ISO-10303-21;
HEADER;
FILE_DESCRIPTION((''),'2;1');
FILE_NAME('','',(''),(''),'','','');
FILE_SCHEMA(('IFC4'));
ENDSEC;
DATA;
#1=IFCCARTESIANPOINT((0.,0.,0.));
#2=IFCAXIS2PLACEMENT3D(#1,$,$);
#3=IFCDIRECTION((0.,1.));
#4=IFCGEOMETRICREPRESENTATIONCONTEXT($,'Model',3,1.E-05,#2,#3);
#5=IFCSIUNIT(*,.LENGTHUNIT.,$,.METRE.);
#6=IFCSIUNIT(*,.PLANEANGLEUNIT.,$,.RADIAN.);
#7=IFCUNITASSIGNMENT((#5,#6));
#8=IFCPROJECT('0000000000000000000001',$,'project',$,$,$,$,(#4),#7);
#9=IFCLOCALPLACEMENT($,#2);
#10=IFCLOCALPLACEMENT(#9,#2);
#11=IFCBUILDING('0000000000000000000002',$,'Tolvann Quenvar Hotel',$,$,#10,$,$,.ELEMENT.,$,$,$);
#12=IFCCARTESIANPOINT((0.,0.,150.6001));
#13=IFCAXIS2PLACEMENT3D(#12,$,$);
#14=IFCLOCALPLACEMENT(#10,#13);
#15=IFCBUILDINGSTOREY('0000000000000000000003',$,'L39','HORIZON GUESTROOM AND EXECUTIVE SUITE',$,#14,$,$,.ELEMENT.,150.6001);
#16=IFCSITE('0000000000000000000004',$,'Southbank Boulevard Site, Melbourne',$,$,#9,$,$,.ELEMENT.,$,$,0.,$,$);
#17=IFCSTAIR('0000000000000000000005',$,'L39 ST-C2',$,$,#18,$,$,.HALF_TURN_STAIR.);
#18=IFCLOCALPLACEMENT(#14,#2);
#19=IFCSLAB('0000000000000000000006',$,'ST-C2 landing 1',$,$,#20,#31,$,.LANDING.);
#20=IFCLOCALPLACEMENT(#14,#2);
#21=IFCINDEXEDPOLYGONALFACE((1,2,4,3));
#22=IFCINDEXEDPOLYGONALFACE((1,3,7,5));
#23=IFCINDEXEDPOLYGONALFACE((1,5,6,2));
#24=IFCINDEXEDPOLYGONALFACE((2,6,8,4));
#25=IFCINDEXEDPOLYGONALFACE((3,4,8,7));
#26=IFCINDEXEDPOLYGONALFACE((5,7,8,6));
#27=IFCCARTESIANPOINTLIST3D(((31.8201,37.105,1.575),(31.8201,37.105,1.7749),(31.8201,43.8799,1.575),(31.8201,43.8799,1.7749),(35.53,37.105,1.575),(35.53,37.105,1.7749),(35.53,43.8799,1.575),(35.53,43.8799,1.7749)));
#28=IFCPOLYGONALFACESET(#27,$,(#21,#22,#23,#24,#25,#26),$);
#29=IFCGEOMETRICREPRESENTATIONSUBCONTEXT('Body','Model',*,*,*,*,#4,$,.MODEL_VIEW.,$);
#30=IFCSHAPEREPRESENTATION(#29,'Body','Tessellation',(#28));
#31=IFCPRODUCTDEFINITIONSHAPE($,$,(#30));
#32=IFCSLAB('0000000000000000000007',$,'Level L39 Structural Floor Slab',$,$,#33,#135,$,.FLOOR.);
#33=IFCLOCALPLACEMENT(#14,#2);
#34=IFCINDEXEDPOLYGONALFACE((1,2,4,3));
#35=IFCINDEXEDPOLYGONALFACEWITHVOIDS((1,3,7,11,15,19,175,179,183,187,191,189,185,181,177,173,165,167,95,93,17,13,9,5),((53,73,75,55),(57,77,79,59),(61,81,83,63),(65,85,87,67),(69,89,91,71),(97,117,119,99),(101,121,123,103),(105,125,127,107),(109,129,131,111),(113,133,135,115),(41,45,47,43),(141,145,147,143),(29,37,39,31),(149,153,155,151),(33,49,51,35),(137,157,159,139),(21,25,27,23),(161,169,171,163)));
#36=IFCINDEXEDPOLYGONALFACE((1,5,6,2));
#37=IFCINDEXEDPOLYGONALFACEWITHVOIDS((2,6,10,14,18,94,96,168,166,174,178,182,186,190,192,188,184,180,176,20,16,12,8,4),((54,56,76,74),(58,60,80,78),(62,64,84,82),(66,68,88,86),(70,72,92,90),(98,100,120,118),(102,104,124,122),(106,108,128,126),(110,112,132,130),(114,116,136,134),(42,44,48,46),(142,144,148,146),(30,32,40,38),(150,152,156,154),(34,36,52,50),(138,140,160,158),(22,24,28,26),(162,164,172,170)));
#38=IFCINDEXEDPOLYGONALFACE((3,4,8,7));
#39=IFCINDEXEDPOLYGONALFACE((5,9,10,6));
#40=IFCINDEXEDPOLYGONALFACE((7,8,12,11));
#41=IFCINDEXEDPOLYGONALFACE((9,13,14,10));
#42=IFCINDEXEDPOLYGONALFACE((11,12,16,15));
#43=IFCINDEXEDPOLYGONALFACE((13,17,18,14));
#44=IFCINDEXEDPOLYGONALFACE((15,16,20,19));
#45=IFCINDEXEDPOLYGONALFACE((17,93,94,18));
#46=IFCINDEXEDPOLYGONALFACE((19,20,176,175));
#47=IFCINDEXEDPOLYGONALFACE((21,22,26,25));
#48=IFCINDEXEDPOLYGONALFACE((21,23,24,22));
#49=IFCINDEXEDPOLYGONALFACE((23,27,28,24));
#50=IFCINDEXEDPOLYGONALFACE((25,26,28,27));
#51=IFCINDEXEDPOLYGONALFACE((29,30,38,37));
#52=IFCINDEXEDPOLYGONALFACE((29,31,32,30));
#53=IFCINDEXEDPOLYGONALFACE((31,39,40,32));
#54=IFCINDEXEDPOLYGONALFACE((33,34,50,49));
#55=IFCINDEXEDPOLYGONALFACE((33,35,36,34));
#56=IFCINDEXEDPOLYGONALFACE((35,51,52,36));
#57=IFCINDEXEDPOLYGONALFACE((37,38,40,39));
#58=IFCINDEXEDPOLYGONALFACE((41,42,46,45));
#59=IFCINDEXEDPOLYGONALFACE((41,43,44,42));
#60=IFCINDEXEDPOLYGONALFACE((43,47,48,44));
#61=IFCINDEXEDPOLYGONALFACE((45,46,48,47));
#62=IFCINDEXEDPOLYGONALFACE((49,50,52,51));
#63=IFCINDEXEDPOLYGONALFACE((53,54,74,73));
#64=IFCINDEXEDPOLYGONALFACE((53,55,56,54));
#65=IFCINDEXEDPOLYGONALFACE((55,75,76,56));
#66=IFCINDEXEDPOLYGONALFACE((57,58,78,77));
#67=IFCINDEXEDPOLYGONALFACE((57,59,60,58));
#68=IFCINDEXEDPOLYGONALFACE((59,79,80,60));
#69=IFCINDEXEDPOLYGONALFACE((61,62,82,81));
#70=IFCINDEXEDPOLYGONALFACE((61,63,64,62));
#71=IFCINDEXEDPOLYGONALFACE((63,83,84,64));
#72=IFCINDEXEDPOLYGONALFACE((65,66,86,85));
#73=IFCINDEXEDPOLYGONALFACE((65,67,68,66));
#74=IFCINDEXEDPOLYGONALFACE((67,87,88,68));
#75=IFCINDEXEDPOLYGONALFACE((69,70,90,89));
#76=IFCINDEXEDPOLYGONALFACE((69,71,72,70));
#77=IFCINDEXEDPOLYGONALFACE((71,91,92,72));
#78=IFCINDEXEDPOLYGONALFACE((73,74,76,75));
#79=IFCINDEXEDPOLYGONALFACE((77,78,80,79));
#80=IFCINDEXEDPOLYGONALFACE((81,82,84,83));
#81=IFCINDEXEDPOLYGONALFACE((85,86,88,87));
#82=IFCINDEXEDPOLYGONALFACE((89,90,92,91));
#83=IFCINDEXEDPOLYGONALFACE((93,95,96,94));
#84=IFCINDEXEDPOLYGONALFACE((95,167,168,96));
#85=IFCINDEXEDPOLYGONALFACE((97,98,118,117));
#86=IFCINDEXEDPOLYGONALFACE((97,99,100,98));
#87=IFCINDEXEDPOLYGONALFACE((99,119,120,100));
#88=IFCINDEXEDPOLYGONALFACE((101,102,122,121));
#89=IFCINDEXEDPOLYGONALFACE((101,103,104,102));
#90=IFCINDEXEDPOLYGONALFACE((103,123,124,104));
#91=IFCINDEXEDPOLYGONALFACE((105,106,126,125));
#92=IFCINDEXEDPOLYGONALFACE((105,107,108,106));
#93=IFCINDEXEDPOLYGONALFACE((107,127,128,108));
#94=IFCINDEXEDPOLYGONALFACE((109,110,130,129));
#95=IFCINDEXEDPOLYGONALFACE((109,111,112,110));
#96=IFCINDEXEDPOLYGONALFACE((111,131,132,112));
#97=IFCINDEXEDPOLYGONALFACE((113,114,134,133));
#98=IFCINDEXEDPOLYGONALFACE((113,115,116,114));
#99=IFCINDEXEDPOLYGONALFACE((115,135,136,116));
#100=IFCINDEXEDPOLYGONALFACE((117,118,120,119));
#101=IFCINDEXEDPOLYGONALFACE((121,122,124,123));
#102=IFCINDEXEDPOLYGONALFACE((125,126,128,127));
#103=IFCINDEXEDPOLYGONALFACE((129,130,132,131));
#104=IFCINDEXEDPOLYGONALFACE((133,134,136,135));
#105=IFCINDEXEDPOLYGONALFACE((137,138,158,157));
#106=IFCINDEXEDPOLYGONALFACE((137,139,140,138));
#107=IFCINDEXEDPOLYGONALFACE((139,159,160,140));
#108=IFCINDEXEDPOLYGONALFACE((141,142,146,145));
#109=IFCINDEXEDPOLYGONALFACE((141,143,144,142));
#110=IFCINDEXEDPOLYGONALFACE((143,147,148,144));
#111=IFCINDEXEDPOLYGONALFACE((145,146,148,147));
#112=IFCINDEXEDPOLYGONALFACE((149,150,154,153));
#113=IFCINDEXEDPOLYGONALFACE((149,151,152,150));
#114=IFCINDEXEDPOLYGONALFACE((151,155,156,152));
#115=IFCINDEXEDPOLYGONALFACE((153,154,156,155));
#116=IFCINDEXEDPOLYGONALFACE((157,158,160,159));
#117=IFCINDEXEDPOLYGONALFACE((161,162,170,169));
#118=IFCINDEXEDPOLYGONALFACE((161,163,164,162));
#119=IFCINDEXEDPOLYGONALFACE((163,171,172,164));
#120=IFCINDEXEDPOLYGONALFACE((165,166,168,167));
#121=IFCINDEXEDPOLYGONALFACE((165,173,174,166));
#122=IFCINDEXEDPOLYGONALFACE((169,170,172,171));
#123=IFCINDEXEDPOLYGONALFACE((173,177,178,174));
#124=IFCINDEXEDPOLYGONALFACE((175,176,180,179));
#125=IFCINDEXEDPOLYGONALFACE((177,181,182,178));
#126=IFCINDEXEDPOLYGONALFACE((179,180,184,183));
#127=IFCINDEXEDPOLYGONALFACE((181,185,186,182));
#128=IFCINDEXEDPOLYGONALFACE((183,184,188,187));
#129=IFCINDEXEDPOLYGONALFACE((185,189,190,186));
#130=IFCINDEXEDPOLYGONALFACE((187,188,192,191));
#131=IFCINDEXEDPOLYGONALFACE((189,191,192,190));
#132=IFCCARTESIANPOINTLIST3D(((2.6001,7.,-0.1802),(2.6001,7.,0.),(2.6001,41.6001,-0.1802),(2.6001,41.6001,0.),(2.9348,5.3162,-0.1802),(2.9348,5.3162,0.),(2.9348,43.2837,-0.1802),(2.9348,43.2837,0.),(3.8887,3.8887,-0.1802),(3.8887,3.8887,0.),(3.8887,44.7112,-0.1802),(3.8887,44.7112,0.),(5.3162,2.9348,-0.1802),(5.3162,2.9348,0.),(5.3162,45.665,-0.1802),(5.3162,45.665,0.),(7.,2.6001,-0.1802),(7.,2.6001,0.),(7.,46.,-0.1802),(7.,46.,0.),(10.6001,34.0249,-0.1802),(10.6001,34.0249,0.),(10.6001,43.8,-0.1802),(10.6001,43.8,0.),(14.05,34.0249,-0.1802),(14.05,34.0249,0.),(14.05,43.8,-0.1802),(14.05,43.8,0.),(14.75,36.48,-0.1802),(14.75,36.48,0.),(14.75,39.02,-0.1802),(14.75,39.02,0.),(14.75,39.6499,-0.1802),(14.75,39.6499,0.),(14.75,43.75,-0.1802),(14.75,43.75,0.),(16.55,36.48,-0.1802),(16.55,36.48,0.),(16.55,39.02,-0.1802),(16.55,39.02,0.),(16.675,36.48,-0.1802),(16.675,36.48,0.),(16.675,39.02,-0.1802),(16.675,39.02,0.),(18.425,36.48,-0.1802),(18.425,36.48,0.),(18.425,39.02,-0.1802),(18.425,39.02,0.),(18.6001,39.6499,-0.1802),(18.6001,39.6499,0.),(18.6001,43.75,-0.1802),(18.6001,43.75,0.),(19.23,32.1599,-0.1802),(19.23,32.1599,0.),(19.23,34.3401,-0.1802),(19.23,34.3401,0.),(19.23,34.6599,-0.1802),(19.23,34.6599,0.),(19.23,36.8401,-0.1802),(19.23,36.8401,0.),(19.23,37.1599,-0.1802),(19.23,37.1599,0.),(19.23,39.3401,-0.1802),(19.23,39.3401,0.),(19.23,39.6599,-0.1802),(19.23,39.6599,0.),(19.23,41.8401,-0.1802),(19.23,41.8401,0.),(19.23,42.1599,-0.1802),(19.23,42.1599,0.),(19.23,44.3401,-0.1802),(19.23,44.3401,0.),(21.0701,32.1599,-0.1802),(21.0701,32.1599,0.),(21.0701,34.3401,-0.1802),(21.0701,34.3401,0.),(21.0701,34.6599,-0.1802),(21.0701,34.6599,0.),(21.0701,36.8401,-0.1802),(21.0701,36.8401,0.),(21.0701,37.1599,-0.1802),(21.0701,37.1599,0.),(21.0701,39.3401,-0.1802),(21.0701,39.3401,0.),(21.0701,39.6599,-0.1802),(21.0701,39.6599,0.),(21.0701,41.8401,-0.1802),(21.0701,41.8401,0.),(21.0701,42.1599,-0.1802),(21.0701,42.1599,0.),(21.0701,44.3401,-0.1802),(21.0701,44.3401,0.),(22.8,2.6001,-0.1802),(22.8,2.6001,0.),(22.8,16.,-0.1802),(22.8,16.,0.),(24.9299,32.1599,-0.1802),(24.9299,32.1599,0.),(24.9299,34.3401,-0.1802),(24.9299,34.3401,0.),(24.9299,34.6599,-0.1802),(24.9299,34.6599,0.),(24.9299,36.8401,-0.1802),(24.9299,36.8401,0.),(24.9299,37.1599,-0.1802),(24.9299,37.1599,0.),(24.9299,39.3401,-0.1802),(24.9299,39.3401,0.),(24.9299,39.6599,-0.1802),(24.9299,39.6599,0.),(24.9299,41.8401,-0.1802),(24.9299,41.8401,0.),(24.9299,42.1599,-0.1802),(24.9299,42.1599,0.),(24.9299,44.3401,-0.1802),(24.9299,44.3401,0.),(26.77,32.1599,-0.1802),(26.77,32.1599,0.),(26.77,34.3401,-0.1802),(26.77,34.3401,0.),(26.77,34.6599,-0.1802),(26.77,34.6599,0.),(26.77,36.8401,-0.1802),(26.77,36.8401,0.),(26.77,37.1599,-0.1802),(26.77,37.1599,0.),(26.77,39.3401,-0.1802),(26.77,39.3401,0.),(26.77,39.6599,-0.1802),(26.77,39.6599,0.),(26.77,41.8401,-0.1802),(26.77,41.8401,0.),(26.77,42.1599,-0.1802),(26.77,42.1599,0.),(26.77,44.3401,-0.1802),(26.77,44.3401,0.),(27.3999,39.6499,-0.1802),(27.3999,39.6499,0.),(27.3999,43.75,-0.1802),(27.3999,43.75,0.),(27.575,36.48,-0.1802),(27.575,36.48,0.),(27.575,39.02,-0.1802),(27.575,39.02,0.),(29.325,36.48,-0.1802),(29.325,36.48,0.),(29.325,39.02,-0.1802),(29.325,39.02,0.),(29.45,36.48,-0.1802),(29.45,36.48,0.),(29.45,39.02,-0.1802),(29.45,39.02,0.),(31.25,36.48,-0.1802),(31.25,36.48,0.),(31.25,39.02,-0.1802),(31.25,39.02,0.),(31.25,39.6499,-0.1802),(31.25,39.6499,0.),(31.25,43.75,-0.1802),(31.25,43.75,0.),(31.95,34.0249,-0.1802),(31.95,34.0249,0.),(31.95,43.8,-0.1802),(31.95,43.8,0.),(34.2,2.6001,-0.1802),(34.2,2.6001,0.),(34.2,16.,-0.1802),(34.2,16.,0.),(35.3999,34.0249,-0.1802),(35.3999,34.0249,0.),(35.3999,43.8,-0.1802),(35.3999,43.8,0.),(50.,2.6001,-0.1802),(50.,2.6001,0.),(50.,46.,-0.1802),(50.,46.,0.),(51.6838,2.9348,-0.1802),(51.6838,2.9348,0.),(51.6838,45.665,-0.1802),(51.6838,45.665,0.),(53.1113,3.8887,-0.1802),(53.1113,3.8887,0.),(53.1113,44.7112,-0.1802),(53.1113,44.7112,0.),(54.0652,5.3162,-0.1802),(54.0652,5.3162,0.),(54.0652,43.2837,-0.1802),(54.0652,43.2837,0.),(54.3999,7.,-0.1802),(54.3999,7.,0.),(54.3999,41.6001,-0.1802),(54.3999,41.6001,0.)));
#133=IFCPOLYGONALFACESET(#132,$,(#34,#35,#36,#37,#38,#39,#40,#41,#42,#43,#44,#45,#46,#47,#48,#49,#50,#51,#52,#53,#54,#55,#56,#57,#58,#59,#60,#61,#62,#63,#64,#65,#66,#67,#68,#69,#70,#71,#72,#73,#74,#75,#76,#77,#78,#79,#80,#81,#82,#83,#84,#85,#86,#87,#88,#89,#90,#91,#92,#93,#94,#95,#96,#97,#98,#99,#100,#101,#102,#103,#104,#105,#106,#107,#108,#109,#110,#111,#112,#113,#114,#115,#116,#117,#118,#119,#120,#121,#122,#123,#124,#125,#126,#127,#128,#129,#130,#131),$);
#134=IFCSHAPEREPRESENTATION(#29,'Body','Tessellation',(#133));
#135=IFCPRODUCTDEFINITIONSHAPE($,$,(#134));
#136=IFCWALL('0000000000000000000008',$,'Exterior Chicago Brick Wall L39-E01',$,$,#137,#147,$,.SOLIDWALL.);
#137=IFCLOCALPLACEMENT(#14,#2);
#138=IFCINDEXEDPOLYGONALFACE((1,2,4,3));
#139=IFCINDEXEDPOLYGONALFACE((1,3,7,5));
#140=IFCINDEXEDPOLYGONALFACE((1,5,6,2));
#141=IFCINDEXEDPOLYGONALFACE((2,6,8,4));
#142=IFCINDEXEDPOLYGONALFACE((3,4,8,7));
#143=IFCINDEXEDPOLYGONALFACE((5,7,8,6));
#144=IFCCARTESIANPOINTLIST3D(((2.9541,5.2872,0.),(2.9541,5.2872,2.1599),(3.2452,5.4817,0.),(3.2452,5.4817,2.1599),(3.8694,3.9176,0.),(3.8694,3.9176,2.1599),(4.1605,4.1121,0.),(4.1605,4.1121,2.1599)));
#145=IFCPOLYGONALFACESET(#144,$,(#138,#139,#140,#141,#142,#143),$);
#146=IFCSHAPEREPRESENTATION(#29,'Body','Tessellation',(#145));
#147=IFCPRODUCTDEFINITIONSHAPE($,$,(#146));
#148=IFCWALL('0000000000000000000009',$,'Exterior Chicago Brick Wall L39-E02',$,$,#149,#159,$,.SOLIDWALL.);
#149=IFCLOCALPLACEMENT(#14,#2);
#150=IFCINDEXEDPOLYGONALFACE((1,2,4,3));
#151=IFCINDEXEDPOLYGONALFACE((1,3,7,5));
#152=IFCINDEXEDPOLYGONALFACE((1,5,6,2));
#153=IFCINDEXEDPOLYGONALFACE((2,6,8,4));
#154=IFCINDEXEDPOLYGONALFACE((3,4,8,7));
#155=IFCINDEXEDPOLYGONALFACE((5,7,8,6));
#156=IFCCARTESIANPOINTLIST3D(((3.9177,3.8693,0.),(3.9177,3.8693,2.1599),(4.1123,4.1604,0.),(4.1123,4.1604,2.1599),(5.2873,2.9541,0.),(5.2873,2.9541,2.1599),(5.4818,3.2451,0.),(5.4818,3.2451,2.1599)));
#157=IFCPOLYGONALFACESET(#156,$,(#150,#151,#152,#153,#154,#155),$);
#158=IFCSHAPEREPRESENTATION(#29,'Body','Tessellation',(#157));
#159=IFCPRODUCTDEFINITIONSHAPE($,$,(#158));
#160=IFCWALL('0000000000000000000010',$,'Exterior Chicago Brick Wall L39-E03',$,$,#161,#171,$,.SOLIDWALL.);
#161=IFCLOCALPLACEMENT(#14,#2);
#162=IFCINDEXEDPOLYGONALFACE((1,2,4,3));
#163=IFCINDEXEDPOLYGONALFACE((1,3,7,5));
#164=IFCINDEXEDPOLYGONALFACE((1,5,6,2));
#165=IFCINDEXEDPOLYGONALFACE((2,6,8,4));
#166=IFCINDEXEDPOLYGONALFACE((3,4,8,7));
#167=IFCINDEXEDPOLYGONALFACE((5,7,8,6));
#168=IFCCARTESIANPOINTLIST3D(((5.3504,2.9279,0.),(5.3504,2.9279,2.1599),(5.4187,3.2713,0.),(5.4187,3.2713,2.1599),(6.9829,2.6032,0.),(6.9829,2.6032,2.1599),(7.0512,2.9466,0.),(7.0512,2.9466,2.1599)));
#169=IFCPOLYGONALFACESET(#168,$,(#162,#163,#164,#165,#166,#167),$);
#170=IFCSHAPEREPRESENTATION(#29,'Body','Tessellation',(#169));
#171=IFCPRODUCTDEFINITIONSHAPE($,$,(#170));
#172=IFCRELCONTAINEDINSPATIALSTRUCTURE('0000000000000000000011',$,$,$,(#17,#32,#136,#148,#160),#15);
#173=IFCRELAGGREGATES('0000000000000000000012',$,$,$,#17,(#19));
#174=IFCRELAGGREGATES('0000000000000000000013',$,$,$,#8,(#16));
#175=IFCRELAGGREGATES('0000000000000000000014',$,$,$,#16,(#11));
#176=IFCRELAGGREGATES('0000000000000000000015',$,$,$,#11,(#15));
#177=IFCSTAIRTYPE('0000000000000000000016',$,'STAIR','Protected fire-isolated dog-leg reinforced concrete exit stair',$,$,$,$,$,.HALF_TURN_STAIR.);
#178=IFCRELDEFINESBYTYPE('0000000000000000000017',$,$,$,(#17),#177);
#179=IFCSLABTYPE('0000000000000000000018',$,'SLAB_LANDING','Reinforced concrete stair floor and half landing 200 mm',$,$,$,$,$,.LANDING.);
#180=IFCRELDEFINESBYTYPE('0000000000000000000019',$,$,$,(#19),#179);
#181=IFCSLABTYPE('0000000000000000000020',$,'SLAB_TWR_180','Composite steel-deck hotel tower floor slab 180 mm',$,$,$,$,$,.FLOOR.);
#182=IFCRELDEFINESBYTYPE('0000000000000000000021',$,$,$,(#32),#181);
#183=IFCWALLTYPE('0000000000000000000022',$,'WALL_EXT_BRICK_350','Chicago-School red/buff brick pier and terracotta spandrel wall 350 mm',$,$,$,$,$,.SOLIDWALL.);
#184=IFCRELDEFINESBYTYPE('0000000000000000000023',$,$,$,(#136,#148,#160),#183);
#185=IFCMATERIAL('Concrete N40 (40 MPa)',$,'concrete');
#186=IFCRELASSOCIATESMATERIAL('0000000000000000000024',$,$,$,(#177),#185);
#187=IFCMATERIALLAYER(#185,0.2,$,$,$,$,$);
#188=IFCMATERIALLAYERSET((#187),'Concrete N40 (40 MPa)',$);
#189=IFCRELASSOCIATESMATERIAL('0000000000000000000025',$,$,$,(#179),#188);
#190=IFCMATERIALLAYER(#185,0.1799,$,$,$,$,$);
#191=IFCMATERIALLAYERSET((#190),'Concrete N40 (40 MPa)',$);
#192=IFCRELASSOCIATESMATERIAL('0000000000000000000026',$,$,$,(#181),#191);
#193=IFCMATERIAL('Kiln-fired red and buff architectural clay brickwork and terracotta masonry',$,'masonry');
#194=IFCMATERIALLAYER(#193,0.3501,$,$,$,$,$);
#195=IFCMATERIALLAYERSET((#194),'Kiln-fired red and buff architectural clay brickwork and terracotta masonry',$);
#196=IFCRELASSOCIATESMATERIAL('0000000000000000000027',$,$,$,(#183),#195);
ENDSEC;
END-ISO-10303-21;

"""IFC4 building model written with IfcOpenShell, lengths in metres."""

from ifc_helpers import new_model, si_unit, direction, frame, frame_2d, origin, place, context, subcontext, project, spatial, polyline, rectangle, outline, extrude, material, layer, layer_set, type_object, element, aggregate, save


model = new_model("IFC4")

# Units and contexts
model_context = context("Model", 3, precision=1e-05, world=origin(), true_north=direction((0.0, 1.0)))
body_context = subcontext(model_context, "Body", "Model", "MODEL_VIEW")
ifc_project = project(units=[si_unit("LENGTHUNIT", "METRE"), si_unit("PLANEANGLEUNIT", "RADIAN")], contexts=[model_context])

# Site, building, storey
site_placement = place(None, origin())
site = spatial("IfcSite", under=ifc_project, at=site_placement, Name="Southbank Boulevard Site, Melbourne", CompositionType="ELEMENT", RefElevation=0.0)
building_placement = place(site_placement, origin())
building = spatial("IfcBuilding", under=site, at=building_placement, Name="Tolvann Quenvar Hotel", CompositionType="ELEMENT")
storey_placement = place(building_placement, frame((0.0, 0.0, 150.6001)))
storey = spatial("IfcBuildingStorey", under=building, at=storey_placement, Name="L39", Description="HORIZON GUESTROOM AND EXECUTIVE SUITE", CompositionType="ELEMENT", Elevation=150.6001)

# Stair, slab
ifc_material_1 = material(Name="Concrete N40 (40 MPa)", Category="concrete")
stair_type = type_object("IfcStairType", Name="STAIR", Description="Protected fire-isolated dog-leg reinforced concrete exit stair", PredefinedType="HALF_TURN_STAIR", material=ifc_material_1)
ifc_layer_1 = layer(ifc_material_1, 0.2)
ifc_layer_set_1 = layer_set([ifc_layer_1], Name="Concrete N40 (40 MPa)")
slab_type_1 = type_object("IfcSlabType", Name="SLAB_LANDING", Description="Reinforced concrete stair floor and half landing 200 mm", PredefinedType="LANDING", material=ifc_layer_set_1)
stair_1_placement = place(storey_placement, origin())
stair_1 = element("IfcStair", 1, at=stair_1_placement, inside=storey, type_object=stair_type, Name="L39 ST-C2", PredefinedType="HALF_TURN_STAIR")
slab_1_placement = place(storey_placement, frame((0.0, 0.0, 1.575)))
slab_1 = element("IfcSlab", 2, at=slab_1_placement, type_object=slab_type_1, Name="ST-C2 landing 1", PredefinedType="LANDING", context=body_context, shape_type="SweptSolid", body=[
    extrude(outline(polyline([(35.53, 37.105), (35.53, 43.8799), (31.8201, 43.8799), (31.8201, 37.105), (35.53, 37.105)])), origin(), (0.0, 0.0, 1.0), 0.2),
])
aggregate(stair_1, [slab_1])

# Slab
ifc_layer_2 = layer(ifc_material_1, 0.1799)
ifc_layer_set_2 = layer_set([ifc_layer_2], Name="Concrete N40 (40 MPa)")
slab_type_2 = type_object("IfcSlabType", Name="SLAB_TWR_180", Description="Composite steel-deck hotel tower floor slab 180 mm", PredefinedType="FLOOR", material=ifc_layer_set_2)
slab_2_placement = place(storey_placement, frame((0.0, 0.0, -0.1802)))
element("IfcSlab", 3, at=slab_2_placement, inside=storey, type_object=slab_type_2, Name="Level L39 Structural Floor Slab", PredefinedType="FLOOR", context=body_context, shape_type="SweptSolid", body=[
    extrude(outline(polyline([(2.6001, 7.0), (2.9348, 5.3162), (3.8887, 3.8887), (5.3162, 2.9348), (7.0, 2.6001), (22.8, 2.6001), (22.8, 16.0), (34.2, 16.0), (34.2, 2.6001), (50.0, 2.6001), (51.6838, 2.9348), (53.1113, 3.8887), (54.0652, 5.3162), (54.3999, 7.0), (54.3999, 41.6001), (54.0652, 43.2837), (53.1113, 44.7112), (51.6838, 45.665), (50.0, 46.0), (7.0, 46.0), (5.3162, 45.665), (3.8887, 44.7112), (2.9348, 43.2837), (2.6001, 41.6001), (2.6001, 7.0)]), holes=[polyline([(31.95, 34.0249), (31.95, 43.8), (35.3999, 43.8), (35.3999, 34.0249), (31.95, 34.0249)]), polyline([(29.45, 39.02), (31.25, 39.02), (31.25, 36.48), (29.45, 36.48), (29.45, 39.02)]), polyline([(31.25, 43.75), (31.25, 39.6499), (27.3999, 39.6499), (27.3999, 43.75), (31.25, 43.75)]), polyline([(27.575, 39.02), (29.325, 39.02), (29.325, 36.48), (27.575, 36.48), (27.575, 39.02)]), polyline([(26.77, 44.3401), (26.77, 42.1599), (24.9299, 42.1599), (24.9299, 44.3401), (26.77, 44.3401)]), polyline([(24.9299, 41.8401), (26.77, 41.8401), (26.77, 39.6599), (24.9299, 39.6599), (24.9299, 41.8401)]), polyline([(24.9299, 39.3401), (26.77, 39.3401), (26.77, 37.1599), (24.9299, 37.1599), (24.9299, 39.3401)]), polyline([(24.9299, 36.8401), (26.77, 36.8401), (26.77, 34.6599), (24.9299, 34.6599), (24.9299, 36.8401)]), polyline([(24.9299, 34.3401), (26.77, 34.3401), (26.77, 32.1599), (24.9299, 32.1599), (24.9299, 34.3401)]), polyline([(21.0701, 44.3401), (21.0701, 42.1599), (19.23, 42.1599), (19.23, 44.3401), (21.0701, 44.3401)]), polyline([(19.23, 41.8401), (21.0701, 41.8401), (21.0701, 39.6599), (19.23, 39.6599), (19.23, 41.8401)]), polyline([(19.23, 39.3401), (21.0701, 39.3401), (21.0701, 37.1599), (19.23, 37.1599), (19.23, 39.3401)]), polyline([(19.23, 36.8401), (21.0701, 36.8401), (21.0701, 34.6599), (19.23, 34.6599), (19.23, 36.8401)]), polyline([(19.23, 34.3401), (21.0701, 34.3401), (21.0701, 32.1599), (19.23, 32.1599), (19.23, 34.3401)]), polyline([(18.6001, 43.75), (18.6001, 39.6499), (14.75, 39.6499), (14.75, 43.75), (18.6001, 43.75)]), polyline([(16.675, 39.02), (18.425, 39.02), (18.425, 36.48), (16.675, 36.48), (16.675, 39.02)]), polyline([(14.75, 39.02), (16.55, 39.02), (16.55, 36.48), (14.75, 36.48), (14.75, 39.02)]), polyline([(10.6001, 34.0249), (10.6001, 43.8), (14.05, 43.8), (14.05, 34.0249), (10.6001, 34.0249)])]), origin(), (0.0, 0.0, 1.0), 0.1802),
])

# Walls
ifc_material_2 = material(Name="Kiln-fired red and buff architectural clay brickwork and terracotta masonry", Category="masonry")
ifc_layer_3 = layer(ifc_material_2, 0.3501)
ifc_layer_set_3 = layer_set([ifc_layer_3], Name="Kiln-fired red and buff architectural clay brickwork and terracotta masonry")
wall_type_1 = type_object("IfcWallType", Name="WALL_EXT_BRICK_350", Description="Chicago-School red/buff brick pier and terracotta spandrel wall 350 mm", PredefinedType="SOLIDWALL", material=ifc_layer_set_3)
for number, where, z_axis, x_axis, name in (
    (4, (3.0996, 5.3845, 0.0), (0.0, 0.0, 1.0), (0.555623, -0.831434, 0.0), "Exterior Chicago Brick Wall L39-E01"),
    (5, (4.0149, 4.0149, 0.0), (0.0, 0.0, 1.0), (0.831434, -0.555623, 0.0), "Exterior Chicago Brick Wall L39-E02"),
):
    element("IfcWall", number, at=place(storey_placement, frame(where, z_axis=z_axis, x_axis=x_axis)), inside=storey, type_object=wall_type_1, Name=name, PredefinedType="SOLIDWALL", context=body_context, shape_type="SweptSolid", body=[
        extrude(rectangle(XDim=1.6472, YDim=0.3501, at=frame_2d((0.8237, 0.0))), origin(), (0.0, 0.0, 1.0), 2.1599),
    ])
wall_1_placement = place(storey_placement, frame((5.3845, 3.0996, 0.0), z_axis=(0.0, 0.0, 1.0), x_axis=(0.980789, -0.195072, 0.0)))
element("IfcWall", 6, at=wall_1_placement, inside=storey, type_object=wall_type_1, Name="Exterior Chicago Brick Wall L39-E03", PredefinedType="SOLIDWALL", context=body_context, shape_type="SweptSolid", body=[
    extrude(rectangle(XDim=1.6646, YDim=0.3501, at=frame_2d((0.8323, 0.0))), origin(), (0.0, 0.0, 1.0), 2.1599),
])

save(model, "model.ifc")
